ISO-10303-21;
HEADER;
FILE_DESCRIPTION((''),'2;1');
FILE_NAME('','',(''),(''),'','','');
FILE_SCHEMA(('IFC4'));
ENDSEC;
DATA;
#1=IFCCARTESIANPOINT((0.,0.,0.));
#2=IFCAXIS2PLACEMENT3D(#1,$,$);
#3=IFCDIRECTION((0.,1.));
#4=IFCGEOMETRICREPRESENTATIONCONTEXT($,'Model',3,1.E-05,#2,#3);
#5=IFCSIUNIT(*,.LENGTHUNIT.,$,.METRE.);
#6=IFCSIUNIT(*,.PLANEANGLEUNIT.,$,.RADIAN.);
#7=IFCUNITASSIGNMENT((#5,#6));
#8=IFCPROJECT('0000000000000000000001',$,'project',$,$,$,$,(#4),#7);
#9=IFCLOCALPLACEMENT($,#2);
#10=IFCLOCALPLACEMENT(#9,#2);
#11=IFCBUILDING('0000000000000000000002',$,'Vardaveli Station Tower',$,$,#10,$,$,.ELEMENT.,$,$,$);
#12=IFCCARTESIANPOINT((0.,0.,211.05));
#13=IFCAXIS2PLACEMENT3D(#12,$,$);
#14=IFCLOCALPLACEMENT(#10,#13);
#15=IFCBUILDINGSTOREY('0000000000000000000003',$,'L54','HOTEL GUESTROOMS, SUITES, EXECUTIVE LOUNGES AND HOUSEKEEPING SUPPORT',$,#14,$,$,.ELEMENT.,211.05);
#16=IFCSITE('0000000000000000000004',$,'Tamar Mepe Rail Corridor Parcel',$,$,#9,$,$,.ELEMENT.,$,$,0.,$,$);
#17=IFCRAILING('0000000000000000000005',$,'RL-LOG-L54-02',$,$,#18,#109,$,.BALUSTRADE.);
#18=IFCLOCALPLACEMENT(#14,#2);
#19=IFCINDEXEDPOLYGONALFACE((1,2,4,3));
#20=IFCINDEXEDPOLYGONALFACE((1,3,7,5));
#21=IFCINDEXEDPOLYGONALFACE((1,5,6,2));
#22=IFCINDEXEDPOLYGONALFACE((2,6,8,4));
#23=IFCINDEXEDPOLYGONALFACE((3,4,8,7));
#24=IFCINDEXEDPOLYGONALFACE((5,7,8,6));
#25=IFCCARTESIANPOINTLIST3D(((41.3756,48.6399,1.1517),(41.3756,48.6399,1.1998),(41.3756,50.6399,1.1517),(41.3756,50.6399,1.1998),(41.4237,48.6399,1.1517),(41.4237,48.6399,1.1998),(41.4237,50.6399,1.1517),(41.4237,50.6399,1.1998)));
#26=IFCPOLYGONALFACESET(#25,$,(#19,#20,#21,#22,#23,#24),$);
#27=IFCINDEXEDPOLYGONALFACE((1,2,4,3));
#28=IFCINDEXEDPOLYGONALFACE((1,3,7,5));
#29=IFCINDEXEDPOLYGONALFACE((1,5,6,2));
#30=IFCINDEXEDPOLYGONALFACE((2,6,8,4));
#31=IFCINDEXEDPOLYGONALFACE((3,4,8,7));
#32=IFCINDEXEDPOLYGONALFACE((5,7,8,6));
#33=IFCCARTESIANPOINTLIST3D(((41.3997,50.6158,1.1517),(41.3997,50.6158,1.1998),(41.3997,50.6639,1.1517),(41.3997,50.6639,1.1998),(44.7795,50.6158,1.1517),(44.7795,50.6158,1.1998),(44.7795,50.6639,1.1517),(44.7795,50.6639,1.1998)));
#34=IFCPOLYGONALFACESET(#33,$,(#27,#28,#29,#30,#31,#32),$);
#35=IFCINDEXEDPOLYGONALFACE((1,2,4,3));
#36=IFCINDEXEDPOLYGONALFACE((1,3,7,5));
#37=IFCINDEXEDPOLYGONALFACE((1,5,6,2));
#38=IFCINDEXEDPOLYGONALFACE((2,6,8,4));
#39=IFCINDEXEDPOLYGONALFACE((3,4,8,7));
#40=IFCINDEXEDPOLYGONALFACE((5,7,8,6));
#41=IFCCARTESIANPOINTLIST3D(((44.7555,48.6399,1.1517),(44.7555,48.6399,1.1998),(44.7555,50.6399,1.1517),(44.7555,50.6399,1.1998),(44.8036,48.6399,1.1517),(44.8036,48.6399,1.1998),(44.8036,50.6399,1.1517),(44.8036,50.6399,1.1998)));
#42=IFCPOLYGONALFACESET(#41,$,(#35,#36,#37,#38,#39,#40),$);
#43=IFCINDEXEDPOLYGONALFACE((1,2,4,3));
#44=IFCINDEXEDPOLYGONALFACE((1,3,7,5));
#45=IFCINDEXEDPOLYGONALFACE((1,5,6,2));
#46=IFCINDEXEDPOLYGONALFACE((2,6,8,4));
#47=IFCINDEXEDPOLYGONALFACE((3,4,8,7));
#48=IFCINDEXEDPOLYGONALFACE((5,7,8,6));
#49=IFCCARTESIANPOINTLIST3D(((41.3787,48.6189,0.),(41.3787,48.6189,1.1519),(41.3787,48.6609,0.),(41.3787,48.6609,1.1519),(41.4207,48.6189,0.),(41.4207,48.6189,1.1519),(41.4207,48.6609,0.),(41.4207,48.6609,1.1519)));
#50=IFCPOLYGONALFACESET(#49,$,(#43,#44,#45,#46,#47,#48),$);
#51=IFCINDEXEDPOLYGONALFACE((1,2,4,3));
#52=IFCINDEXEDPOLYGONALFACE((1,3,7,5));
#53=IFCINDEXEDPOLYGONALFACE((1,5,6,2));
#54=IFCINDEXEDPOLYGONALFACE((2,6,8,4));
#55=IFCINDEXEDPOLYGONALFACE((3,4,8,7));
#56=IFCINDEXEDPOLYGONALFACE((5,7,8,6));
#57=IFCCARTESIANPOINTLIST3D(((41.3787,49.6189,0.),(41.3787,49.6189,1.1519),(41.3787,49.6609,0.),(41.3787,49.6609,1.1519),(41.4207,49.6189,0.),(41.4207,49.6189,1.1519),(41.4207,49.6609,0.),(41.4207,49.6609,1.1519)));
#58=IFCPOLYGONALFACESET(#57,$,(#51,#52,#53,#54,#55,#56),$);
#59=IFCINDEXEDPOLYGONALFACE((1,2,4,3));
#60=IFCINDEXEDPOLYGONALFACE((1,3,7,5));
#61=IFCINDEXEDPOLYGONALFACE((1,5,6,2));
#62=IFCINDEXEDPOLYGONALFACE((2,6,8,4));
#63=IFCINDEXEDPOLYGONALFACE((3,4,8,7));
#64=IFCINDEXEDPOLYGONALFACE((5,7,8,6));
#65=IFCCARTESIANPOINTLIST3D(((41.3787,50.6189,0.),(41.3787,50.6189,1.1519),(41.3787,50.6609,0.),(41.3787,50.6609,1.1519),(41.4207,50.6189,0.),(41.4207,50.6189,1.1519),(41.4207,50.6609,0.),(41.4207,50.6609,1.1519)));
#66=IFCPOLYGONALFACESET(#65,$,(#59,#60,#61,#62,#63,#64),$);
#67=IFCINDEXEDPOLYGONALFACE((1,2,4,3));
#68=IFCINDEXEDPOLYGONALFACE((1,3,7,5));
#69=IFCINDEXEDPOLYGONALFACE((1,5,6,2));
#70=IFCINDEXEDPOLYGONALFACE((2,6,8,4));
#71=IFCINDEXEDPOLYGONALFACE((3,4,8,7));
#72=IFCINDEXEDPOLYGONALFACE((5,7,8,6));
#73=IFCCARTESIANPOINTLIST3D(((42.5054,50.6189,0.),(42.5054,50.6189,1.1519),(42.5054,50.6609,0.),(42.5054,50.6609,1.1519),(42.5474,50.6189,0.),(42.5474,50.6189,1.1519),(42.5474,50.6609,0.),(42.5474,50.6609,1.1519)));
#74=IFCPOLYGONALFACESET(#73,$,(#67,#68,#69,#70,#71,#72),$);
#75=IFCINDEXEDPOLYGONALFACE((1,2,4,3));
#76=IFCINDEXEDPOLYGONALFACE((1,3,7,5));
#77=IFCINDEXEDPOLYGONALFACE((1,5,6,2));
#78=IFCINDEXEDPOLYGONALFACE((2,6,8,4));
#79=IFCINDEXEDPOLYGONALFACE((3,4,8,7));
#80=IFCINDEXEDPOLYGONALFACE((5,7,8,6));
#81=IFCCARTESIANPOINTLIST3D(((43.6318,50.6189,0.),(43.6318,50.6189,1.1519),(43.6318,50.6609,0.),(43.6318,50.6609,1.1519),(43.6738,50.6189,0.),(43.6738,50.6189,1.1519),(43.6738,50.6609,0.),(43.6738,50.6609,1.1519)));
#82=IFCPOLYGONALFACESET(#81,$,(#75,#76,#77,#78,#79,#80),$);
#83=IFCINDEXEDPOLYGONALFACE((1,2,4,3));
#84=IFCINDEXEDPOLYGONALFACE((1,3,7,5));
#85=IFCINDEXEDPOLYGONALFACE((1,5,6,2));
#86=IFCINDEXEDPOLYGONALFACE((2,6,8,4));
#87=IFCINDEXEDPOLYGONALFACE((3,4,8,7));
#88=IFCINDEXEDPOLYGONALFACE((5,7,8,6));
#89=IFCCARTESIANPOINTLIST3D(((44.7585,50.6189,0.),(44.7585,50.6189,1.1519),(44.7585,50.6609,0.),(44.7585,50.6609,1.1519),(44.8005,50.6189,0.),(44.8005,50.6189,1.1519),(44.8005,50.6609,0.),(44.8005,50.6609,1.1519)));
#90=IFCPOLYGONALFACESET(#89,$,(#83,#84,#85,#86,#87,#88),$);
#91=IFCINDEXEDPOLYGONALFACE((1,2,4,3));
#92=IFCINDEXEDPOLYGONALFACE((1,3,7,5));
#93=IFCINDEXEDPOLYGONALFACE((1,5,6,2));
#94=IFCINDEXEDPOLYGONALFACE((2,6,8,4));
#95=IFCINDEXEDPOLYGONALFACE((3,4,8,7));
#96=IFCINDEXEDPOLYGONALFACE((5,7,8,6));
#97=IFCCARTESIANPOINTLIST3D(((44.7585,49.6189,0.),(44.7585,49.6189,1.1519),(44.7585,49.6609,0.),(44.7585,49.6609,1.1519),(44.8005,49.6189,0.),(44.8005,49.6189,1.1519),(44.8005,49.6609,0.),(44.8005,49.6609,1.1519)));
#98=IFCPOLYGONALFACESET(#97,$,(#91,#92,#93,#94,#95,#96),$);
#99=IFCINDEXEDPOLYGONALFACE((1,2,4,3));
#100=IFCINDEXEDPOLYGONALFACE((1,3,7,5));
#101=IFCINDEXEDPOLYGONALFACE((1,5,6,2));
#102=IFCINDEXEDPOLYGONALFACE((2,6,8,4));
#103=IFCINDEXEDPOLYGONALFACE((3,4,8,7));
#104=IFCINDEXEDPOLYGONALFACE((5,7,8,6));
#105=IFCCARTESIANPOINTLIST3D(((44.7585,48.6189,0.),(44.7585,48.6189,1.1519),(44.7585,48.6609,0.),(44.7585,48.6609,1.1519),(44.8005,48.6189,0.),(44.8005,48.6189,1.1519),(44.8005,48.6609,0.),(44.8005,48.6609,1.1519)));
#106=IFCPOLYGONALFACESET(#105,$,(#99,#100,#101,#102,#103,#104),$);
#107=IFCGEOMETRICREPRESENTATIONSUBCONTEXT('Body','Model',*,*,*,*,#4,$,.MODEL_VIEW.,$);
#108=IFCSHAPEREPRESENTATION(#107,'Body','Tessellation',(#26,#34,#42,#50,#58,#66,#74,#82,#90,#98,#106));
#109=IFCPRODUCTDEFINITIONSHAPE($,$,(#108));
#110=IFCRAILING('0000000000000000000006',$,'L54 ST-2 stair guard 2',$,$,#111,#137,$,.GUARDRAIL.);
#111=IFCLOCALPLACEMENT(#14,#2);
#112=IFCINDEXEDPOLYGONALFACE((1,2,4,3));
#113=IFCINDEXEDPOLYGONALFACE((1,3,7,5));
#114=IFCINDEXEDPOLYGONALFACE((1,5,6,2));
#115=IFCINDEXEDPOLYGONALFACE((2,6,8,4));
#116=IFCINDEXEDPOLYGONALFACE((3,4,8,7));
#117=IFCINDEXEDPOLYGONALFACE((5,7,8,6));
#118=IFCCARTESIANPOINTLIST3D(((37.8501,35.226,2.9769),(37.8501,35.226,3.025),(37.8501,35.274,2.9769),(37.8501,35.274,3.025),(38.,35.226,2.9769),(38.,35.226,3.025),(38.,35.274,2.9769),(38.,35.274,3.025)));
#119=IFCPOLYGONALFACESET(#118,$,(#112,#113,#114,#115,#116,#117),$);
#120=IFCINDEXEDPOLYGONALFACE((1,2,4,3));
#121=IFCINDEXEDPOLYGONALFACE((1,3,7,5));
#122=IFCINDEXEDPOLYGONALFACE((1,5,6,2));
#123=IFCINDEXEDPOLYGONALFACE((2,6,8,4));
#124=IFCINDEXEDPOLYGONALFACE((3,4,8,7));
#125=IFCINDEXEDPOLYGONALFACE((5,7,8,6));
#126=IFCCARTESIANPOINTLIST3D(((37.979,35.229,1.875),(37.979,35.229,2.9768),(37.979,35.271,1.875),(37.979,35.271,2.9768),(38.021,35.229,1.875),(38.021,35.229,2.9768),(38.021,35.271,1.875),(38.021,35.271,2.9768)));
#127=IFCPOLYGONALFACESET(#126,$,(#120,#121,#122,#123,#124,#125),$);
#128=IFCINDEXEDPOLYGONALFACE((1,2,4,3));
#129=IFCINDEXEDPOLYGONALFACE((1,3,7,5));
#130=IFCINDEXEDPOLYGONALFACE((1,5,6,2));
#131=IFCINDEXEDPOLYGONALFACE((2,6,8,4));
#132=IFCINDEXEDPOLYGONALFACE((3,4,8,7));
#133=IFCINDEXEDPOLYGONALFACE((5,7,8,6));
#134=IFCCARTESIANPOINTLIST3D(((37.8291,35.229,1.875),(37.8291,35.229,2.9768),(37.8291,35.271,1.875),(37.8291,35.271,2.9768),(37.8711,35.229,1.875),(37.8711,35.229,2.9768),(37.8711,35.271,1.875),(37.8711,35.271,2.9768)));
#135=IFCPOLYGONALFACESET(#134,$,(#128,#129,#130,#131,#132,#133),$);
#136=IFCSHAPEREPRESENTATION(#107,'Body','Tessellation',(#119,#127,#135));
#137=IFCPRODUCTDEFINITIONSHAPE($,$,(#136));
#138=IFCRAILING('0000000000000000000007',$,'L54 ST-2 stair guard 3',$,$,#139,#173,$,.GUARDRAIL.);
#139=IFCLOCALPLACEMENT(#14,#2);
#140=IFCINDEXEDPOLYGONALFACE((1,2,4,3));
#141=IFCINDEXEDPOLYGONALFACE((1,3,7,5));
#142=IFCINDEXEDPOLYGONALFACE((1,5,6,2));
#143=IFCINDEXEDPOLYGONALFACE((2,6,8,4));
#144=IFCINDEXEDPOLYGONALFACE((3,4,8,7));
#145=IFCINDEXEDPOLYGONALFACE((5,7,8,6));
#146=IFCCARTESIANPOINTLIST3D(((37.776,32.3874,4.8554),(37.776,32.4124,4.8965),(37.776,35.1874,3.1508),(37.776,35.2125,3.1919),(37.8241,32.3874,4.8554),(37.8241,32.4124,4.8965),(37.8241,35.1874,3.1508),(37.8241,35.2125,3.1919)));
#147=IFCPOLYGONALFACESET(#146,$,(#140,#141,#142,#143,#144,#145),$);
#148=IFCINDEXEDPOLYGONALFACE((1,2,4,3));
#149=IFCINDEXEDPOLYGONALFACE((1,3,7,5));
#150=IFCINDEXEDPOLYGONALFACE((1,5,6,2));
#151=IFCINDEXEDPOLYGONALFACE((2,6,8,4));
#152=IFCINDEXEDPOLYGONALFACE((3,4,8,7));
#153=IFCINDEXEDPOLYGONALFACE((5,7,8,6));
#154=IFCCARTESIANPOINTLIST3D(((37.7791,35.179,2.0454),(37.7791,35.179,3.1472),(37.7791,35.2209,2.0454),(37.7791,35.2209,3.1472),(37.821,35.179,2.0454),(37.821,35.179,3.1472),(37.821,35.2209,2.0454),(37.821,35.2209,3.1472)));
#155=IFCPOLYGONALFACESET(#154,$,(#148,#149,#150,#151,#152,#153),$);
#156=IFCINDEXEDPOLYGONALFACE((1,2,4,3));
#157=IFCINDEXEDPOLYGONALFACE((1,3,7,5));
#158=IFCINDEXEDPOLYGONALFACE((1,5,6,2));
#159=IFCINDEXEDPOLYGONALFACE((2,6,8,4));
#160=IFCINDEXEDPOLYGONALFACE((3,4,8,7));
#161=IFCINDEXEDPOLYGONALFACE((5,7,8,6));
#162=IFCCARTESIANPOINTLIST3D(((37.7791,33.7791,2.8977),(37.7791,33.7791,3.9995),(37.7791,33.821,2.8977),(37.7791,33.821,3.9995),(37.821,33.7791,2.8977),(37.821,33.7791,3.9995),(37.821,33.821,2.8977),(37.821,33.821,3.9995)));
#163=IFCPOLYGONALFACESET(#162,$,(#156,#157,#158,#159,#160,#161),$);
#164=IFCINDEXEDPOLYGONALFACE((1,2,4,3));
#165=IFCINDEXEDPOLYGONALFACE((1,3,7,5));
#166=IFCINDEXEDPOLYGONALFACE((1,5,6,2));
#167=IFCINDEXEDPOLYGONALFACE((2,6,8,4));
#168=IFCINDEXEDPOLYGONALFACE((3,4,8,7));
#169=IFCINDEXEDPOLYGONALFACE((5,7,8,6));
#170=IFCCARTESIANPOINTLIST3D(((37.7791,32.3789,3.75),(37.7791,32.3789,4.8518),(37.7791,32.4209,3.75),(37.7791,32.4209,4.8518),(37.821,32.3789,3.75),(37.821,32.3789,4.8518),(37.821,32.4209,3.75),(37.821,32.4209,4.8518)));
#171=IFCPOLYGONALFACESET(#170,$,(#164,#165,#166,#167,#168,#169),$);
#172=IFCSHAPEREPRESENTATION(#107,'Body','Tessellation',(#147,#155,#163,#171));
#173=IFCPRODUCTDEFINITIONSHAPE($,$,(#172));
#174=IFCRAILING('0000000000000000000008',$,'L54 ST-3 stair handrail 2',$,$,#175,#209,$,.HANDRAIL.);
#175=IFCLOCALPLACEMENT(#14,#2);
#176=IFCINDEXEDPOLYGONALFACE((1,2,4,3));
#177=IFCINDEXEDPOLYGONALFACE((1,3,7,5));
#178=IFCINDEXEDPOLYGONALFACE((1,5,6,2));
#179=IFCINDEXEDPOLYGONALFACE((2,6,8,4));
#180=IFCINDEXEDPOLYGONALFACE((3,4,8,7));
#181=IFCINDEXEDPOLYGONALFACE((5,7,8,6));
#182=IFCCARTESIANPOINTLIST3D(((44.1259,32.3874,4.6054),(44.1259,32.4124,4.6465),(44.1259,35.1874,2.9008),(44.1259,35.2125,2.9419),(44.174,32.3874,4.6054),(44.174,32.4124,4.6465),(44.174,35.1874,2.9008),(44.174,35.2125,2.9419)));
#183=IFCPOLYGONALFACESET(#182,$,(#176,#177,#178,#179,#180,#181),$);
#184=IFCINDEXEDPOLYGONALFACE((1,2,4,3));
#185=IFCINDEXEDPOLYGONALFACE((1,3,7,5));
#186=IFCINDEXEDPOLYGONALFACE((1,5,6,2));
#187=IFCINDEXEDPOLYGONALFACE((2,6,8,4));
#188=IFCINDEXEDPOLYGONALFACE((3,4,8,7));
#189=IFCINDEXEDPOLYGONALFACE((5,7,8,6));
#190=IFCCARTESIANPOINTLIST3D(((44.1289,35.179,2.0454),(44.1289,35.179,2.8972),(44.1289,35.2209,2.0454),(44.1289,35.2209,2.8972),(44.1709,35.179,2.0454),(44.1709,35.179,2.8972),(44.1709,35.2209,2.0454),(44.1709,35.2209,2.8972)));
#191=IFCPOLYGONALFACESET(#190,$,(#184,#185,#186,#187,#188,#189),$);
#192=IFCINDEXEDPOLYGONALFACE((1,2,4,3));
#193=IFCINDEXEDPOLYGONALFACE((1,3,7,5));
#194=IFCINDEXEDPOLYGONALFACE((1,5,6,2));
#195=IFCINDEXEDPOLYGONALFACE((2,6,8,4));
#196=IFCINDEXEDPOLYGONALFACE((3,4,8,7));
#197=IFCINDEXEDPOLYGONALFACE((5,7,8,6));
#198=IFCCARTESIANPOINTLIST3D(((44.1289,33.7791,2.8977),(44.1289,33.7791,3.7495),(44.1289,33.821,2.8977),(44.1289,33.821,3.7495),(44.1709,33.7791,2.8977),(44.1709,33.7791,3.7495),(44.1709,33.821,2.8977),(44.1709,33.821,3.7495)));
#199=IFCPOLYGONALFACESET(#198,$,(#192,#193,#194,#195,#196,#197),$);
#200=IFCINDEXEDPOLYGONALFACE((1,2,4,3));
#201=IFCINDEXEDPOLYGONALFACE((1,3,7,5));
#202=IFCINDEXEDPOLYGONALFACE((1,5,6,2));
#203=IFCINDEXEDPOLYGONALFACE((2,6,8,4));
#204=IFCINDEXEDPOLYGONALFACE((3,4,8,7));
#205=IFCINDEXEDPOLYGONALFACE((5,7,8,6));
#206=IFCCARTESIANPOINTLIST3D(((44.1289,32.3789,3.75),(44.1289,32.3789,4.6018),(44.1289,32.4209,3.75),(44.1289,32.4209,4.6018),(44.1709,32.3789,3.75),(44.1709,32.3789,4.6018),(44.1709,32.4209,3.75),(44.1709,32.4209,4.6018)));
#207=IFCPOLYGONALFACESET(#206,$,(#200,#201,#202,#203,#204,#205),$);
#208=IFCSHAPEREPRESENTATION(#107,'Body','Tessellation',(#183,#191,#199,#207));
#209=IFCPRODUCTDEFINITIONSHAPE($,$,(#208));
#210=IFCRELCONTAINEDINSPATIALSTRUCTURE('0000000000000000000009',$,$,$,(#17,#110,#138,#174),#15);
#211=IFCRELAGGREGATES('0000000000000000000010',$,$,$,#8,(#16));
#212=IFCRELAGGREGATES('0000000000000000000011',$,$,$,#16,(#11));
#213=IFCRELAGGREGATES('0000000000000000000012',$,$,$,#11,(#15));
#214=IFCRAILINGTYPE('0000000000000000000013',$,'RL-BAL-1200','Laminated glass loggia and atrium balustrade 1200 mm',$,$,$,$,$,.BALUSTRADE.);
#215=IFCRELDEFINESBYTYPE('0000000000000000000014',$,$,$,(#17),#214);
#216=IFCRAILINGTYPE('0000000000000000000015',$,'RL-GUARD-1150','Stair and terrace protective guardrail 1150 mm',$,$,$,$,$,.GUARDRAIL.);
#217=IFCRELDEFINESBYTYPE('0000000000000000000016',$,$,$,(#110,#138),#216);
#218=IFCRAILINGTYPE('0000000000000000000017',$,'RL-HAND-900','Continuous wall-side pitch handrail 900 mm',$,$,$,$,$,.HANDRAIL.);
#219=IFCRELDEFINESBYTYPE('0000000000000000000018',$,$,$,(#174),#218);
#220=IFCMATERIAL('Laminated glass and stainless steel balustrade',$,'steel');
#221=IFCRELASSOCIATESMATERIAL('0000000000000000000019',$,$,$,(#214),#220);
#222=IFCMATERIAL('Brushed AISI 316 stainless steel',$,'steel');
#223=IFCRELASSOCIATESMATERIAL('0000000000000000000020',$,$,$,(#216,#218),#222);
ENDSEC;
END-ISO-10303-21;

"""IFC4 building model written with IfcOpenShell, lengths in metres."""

from ifc_helpers import new_model, si_unit, direction, frame, origin, origin_2d, place, context, subcontext, project, spatial, rectangle, extrude, source, transform, mapped, material, type_object, element, save


model = new_model("IFC4")

# Units and contexts
model_context = context("Model", 3, precision=1e-05, world=origin(), true_north=direction((0.0, 1.0)))
body_context = subcontext(model_context, "Body", "Model", "MODEL_VIEW")
ifc_project = project(units=[si_unit("LENGTHUNIT", "METRE"), si_unit("PLANEANGLEUNIT", "RADIAN")], contexts=[model_context])

# Site, building, storey
site_placement = place(None, origin())
site = spatial("IfcSite", under=ifc_project, at=site_placement, Name="Tamar Mepe Rail Corridor Parcel", CompositionType="ELEMENT", RefElevation=0.0)
building_placement = place(site_placement, origin())
building = spatial("IfcBuilding", under=site, at=building_placement, Name="Vardaveli Station Tower", CompositionType="ELEMENT")
storey_placement = place(building_placement, frame((0.0, 0.0, 211.05)))
storey = spatial("IfcBuildingStorey", under=building, at=storey_placement, Name="L54", Description="HOTEL GUESTROOMS, SUITES, EXECUTIVE LOUNGES AND HOUSEKEEPING SUPPORT", CompositionType="ELEMENT", Elevation=211.05)

# Railings
ifc_material_1 = material(Name="Laminated glass and stainless steel balustrade", Category="steel")
railing_type_1 = type_object("IfcRailingType", Name="RL-BAL-1200", Description="Laminated glass loggia and atrium balustrade 1200 mm", PredefinedType="BALUSTRADE", material=ifc_material_1)
shared_shape_1 = source(origin(), body_context, "Body", "SweptSolid", [
    extrude(rectangle(XDim=0.0481, YDim=0.0481, at=origin_2d()), frame((0.0, 0.0, 1.1758), z_axis=(0.0, 1.0, 0.0), x_axis=(-1.0, 0.0, 0.0)), (0.0, 0.0, 1.0), 2.0),
    extrude(rectangle(XDim=0.0481, YDim=0.0481, at=origin_2d()), frame((0.0, 2.0, 1.1758), z_axis=(1.0, 0.0, 0.0), x_axis=(0.0, 1.0, 0.0)), (0.0, 0.0, 1.0), 3.3799),
    extrude(rectangle(XDim=0.0481, YDim=0.0481, at=origin_2d()), frame((3.3799, 2.0, 1.1758), z_axis=(0.0, -1.0, 0.0), x_axis=(1.0, 0.0, 0.0)), (0.0, 0.0, 1.0), 2.0),
    extrude(rectangle(XDim=0.042, YDim=0.042, at=origin_2d()), origin(), (0.0, 0.0, 1.0), 1.1519),
    extrude(rectangle(XDim=0.042, YDim=0.042, at=origin_2d()), frame((0.0, 1.0, 0.0)), (0.0, 0.0, 1.0), 1.1519),
    extrude(rectangle(XDim=0.042, YDim=0.042, at=origin_2d()), frame((0.0, 2.0, 0.0)), (0.0, 0.0, 1.0), 1.1519),
    extrude(rectangle(XDim=0.042, YDim=0.042, at=origin_2d()), frame((1.1267, 2.0, 0.0)), (0.0, 0.0, 1.0), 1.1519),
    extrude(rectangle(XDim=0.042, YDim=0.042, at=origin_2d()), frame((2.2532, 2.0, 0.0)), (0.0, 0.0, 1.0), 1.1519),
    extrude(rectangle(XDim=0.042, YDim=0.042, at=origin_2d()), frame((3.3799, 2.0, 0.0)), (0.0, 0.0, 1.0), 1.1519),
    extrude(rectangle(XDim=0.042, YDim=0.042, at=origin_2d()), frame((3.3799, 1.0, 0.0)), (0.0, 0.0, 1.0), 1.1519),
    extrude(rectangle(XDim=0.042, YDim=0.042, at=origin_2d()), frame((3.3799, 0.0, 0.0)), (0.0, 0.0, 1.0), 1.1519),
])
railing_1_placement = place(storey_placement, frame((41.3997, 48.6399, 0.0)))
element("IfcRailing", 1, at=railing_1_placement, inside=storey, type_object=railing_type_1, Name="RL-LOG-L54-02", PredefinedType="BALUSTRADE", context=body_context, shape_type="MappedRepresentation", body=[
    mapped(shared_shape_1, transform((0.0, 0.0, 0.0), scale=1.0)),
])
ifc_material_2 = material(Name="Brushed AISI 316 stainless steel", Category="steel")
railing_type_2 = type_object("IfcRailingType", Name="RL-GUARD-1150", Description="Stair and terrace protective guardrail 1150 mm", PredefinedType="GUARDRAIL", material=ifc_material_2)
shared_shape_2 = source(origin(), body_context, "Body", "SweptSolid", [
    extrude(rectangle(XDim=0.0481, YDim=0.0481, at=origin_2d()), frame((0.0, 0.0, 1.126), z_axis=(-1.0, 0.0, 0.0), x_axis=(0.0, -1.0, 0.0)), (0.0, 0.0, 1.0), 0.1499),
    extrude(rectangle(XDim=0.042, YDim=0.042, at=origin_2d()), origin(), (0.0, 0.0, 1.0), 1.1018),
    extrude(rectangle(XDim=0.042, YDim=0.042, at=origin_2d()), frame((-0.1499, 0.0, 0.0)), (0.0, 0.0, 1.0), 1.1018),
])
railing_2_placement = place(storey_placement, frame((38.0, 35.25, 1.875)))
element("IfcRailing", 2, at=railing_2_placement, inside=storey, type_object=railing_type_2, Name="L54 ST-2 stair guard 2", PredefinedType="GUARDRAIL", context=body_context, shape_type="MappedRepresentation", body=[
    mapped(shared_shape_2, transform((0.0, 0.0, 0.0), scale=1.0)),
])
shared_shape_3 = source(origin(), body_context, "Body", "SweptSolid", [
    extrude(rectangle(XDim=0.0481, YDim=0.0481, at=origin_2d()), frame((0.0, 0.0, 1.126), z_axis=(0.0, -0.85417, 0.519994), x_axis=(1.0, 0.0, 0.0)), (0.0, 0.0, 1.0), 3.2781),
    extrude(rectangle(XDim=0.042, YDim=0.042, at=origin_2d()), origin(), (0.0, 0.0, 1.0), 1.1018),
    extrude(rectangle(XDim=0.042, YDim=0.042, at=origin_2d()), frame((0.0, -1.3999, 0.8523)), (0.0, 0.0, 1.0), 1.1018),
    extrude(rectangle(XDim=0.042, YDim=0.042, at=origin_2d()), frame((0.0, -2.8, 1.7046)), (0.0, 0.0, 1.0), 1.1018),
])
railing_3_placement = place(storey_placement, frame((37.8, 35.2, 2.0454)))
element("IfcRailing", 3, at=railing_3_placement, inside=storey, type_object=railing_type_2, Name="L54 ST-2 stair guard 3", PredefinedType="GUARDRAIL", context=body_context, shape_type="MappedRepresentation", body=[
    mapped(shared_shape_3, transform((0.0, 0.0, 0.0), scale=1.0)),
])
railing_type_3 = type_object("IfcRailingType", Name="RL-HAND-900", Description="Continuous wall-side pitch handrail 900 mm", PredefinedType="HANDRAIL", material=ifc_material_2)
shared_shape_4 = source(origin(), body_context, "Body", "SweptSolid", [
    extrude(rectangle(XDim=0.0481, YDim=0.0481, at=origin_2d()), frame((0.0, 0.0, 0.876), z_axis=(0.0, -0.85417, 0.519994), x_axis=(1.0, 0.0, 0.0)), (0.0, 0.0, 1.0), 3.2781),
    extrude(rectangle(XDim=0.042, YDim=0.042, at=origin_2d()), origin(), (0.0, 0.0, 1.0), 0.8518),
    extrude(rectangle(XDim=0.042, YDim=0.042, at=origin_2d()), frame((0.0, -1.3999, 0.8523)), (0.0, 0.0, 1.0), 0.8518),
    extrude(rectangle(XDim=0.042, YDim=0.042, at=origin_2d()), frame((0.0, -2.8, 1.7046)), (0.0, 0.0, 1.0), 0.8518),
])
railing_4_placement = place(storey_placement, frame((44.1499, 35.2, 2.0454)))
element("IfcRailing", 4, at=railing_4_placement, inside=storey, type_object=railing_type_3, Name="L54 ST-3 stair handrail 2", PredefinedType="HANDRAIL", context=body_context, shape_type="MappedRepresentation", body=[
    mapped(shared_shape_4, transform((0.0, 0.0, 0.0), scale=1.0)),
])

save(model, "model.ifc")
